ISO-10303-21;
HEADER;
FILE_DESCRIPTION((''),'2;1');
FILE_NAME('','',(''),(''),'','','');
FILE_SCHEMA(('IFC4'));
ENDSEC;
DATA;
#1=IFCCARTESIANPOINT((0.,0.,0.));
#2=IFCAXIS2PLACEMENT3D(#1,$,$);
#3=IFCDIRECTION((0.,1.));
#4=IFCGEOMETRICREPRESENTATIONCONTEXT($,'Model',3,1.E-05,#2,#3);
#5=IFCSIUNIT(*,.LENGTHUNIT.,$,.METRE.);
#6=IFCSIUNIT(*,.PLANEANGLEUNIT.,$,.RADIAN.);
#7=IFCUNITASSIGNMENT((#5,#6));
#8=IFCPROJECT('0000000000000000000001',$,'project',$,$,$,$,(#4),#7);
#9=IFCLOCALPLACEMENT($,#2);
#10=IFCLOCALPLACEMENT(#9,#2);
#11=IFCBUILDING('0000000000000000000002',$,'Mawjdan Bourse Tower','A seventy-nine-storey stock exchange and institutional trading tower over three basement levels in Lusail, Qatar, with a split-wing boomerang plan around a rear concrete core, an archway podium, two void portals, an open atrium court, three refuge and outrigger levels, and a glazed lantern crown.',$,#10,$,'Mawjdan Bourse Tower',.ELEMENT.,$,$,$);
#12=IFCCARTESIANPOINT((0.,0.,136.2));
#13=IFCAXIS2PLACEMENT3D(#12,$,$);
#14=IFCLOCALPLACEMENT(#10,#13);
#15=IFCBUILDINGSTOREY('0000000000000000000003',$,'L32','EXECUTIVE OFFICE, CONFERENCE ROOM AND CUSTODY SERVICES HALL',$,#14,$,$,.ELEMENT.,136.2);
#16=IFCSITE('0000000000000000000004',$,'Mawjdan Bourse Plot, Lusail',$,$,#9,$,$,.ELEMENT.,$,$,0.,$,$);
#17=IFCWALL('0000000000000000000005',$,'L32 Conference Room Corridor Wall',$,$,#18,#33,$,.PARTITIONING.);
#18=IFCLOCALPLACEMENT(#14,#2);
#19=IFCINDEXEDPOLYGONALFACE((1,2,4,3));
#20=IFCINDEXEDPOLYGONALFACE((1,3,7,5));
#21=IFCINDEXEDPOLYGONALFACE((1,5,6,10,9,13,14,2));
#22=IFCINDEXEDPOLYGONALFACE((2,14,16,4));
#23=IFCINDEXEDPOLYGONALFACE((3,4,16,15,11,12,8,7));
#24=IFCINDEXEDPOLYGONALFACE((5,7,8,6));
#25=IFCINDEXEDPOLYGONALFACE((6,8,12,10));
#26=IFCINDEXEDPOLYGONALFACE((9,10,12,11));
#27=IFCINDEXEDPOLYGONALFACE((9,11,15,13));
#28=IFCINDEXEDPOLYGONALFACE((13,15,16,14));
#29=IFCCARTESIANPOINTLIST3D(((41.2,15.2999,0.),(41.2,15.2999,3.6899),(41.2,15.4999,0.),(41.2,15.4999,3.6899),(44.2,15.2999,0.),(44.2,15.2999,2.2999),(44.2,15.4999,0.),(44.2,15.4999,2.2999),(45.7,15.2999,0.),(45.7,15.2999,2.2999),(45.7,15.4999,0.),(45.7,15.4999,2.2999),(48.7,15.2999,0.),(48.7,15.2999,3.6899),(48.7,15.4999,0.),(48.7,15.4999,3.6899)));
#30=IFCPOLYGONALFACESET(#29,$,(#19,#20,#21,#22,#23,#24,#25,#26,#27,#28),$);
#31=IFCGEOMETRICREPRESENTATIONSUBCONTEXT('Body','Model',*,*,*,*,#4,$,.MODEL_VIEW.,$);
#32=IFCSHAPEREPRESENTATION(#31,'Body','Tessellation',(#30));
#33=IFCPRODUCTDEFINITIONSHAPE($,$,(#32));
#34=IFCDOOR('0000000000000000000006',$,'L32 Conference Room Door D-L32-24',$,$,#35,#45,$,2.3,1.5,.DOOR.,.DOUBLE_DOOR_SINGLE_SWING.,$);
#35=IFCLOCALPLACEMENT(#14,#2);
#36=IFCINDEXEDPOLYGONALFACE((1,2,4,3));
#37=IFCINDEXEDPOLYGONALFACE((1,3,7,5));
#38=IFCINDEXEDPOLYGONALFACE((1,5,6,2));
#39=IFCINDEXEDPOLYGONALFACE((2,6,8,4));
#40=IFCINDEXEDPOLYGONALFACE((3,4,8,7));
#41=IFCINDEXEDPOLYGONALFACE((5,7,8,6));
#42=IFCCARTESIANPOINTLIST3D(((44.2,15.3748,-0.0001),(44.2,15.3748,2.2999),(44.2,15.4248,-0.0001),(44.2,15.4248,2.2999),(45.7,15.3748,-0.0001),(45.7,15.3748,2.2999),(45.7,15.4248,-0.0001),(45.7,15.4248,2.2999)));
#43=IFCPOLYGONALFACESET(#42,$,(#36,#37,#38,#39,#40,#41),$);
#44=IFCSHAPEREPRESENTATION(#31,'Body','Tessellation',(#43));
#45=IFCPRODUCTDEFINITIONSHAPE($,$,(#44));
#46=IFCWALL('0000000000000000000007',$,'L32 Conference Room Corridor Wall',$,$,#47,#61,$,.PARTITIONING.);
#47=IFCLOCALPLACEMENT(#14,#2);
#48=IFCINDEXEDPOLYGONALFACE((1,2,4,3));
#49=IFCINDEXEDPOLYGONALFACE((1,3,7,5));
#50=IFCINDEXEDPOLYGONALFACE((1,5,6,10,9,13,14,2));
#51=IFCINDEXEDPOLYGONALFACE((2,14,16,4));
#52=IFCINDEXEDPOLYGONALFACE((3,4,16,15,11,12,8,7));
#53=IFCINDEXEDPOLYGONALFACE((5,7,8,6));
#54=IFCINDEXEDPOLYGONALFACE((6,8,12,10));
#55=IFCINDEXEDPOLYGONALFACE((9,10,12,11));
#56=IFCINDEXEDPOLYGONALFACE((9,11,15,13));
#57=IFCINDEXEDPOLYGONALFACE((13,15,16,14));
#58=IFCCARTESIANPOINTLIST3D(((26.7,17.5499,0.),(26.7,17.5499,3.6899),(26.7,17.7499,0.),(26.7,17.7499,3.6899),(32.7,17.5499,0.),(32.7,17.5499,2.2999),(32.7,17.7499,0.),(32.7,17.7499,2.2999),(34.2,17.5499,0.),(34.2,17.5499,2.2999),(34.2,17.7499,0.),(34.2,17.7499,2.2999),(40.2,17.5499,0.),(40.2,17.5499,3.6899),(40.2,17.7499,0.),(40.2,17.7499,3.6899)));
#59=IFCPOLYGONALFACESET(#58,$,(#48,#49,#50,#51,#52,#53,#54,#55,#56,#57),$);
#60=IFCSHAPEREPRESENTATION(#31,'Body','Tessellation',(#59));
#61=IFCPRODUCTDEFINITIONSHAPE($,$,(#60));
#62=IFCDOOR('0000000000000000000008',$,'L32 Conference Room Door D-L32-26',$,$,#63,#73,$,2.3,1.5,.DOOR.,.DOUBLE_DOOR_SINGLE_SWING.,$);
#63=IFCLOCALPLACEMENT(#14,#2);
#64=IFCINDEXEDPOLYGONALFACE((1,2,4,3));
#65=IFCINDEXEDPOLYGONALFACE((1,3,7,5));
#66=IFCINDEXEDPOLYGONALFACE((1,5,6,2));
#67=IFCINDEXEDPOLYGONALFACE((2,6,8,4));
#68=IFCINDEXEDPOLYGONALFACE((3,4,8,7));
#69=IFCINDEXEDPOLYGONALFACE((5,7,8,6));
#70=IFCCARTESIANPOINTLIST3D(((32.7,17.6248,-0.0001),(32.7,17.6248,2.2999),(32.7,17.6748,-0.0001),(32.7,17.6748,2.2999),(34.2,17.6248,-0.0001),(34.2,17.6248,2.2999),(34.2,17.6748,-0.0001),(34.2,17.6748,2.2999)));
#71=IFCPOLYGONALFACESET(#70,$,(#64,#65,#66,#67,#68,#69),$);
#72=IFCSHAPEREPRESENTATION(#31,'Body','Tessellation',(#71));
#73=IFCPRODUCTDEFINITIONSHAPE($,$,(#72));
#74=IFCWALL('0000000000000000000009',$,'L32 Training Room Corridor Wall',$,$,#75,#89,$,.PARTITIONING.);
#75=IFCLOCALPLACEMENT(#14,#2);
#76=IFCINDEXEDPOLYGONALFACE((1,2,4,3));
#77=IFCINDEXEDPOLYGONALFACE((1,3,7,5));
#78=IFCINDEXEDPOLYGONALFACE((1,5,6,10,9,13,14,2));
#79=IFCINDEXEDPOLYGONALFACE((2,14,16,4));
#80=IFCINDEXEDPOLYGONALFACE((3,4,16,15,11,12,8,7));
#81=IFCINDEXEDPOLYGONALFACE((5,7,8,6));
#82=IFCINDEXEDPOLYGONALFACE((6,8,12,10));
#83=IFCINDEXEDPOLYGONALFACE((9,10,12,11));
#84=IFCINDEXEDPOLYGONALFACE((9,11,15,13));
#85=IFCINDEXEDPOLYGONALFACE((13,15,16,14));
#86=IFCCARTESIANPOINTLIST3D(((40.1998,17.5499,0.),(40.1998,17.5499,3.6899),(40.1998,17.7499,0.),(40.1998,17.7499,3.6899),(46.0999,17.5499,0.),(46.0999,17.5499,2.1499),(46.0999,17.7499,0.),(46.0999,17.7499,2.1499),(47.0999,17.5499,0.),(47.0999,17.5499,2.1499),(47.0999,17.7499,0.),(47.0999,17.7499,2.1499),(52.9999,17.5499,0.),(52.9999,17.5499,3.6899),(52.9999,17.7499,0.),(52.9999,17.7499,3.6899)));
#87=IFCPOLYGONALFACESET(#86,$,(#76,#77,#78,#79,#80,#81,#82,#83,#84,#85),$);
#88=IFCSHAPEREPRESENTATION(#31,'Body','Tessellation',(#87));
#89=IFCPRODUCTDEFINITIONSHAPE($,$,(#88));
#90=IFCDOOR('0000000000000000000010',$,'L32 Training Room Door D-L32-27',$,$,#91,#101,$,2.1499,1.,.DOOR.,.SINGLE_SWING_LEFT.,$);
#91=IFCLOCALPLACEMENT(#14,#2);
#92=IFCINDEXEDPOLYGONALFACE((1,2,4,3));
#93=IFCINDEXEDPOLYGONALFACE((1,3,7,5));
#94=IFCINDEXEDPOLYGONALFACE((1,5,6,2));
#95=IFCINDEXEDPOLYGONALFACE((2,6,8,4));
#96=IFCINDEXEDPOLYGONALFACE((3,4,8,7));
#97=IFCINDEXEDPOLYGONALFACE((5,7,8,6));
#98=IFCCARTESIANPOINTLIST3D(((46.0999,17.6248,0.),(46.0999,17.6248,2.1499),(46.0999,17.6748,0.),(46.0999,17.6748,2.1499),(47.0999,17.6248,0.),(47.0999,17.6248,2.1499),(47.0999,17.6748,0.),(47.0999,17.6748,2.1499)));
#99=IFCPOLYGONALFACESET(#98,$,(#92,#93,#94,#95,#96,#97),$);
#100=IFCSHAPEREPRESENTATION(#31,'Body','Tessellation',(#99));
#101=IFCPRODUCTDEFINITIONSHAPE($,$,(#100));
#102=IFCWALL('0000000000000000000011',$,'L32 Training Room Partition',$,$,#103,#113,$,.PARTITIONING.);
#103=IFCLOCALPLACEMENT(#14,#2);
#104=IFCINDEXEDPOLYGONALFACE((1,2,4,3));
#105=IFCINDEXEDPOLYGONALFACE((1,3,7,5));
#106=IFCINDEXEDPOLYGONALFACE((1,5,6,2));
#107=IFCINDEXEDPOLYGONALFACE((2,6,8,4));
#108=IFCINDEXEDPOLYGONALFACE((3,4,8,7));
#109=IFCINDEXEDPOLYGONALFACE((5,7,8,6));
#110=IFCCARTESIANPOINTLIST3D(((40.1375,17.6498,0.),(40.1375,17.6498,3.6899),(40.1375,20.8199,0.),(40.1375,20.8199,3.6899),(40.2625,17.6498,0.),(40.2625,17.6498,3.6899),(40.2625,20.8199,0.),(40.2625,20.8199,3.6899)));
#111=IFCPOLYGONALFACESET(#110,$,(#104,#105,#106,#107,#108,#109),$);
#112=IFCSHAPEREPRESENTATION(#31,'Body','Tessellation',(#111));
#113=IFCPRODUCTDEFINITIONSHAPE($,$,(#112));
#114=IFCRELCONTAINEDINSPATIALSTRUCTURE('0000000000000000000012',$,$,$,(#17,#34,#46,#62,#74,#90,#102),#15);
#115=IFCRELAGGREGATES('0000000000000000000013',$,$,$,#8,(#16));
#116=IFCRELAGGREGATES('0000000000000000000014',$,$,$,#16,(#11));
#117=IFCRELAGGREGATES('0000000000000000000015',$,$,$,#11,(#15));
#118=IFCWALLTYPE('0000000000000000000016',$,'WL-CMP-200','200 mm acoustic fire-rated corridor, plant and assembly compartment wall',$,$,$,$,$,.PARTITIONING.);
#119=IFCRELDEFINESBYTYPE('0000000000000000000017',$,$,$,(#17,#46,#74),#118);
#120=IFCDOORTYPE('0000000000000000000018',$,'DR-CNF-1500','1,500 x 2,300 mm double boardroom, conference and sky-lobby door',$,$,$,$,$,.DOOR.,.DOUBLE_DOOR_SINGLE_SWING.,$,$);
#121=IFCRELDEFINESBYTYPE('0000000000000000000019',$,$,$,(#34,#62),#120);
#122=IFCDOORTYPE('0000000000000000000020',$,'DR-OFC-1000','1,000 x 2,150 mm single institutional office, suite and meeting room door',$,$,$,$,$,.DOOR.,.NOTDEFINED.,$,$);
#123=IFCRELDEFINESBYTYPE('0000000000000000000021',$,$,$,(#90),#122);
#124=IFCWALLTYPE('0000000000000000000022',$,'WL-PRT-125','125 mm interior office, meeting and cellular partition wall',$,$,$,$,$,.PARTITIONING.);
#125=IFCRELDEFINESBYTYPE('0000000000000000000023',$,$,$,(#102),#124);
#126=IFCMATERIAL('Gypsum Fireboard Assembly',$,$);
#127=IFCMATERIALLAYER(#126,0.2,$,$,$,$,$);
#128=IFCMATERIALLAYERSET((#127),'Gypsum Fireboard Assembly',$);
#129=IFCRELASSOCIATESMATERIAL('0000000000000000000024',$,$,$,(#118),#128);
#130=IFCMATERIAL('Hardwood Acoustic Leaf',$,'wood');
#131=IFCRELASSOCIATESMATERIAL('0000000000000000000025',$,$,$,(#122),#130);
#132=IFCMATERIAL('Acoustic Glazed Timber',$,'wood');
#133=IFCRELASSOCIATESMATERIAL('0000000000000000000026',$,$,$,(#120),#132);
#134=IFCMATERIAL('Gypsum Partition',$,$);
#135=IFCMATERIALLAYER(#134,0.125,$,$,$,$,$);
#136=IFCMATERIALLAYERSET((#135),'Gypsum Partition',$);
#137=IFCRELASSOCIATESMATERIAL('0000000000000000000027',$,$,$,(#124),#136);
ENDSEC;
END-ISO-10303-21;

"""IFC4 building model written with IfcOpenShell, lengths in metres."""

from ifc_helpers import new_model, si_unit, direction, frame, frame_2d, origin, place, context, subcontext, project, spatial, rectangle, extrude, material, layer, layer_set, type_object, element, fill, save


model = new_model("IFC4")

# Units and contexts
model_context = context("Model", 3, precision=1e-05, world=origin(), true_north=direction((0.0, 1.0)))
body_context = subcontext(model_context, "Body", "Model", "MODEL_VIEW")
ifc_project = project(units=[si_unit("LENGTHUNIT", "METRE"), si_unit("PLANEANGLEUNIT", "RADIAN")], contexts=[model_context])

# Site, building, storey
site_placement = place(None, origin())
site = spatial("IfcSite", under=ifc_project, at=site_placement, Name="Mawjdan Bourse Plot, Lusail", CompositionType="ELEMENT", RefElevation=0.0)
building_placement = place(site_placement, origin())
building = spatial("IfcBuilding", under=site, at=building_placement, Name="Mawjdan Bourse Tower", Description="A seventy-nine-storey stock exchange and institutional trading tower over three basement levels in Lusail, Qatar, with a split-wing boomerang plan around a rear concrete core, an archway podium, two void portals, an open atrium court, three refuge and outrigger levels, and a glazed lantern crown.", LongName="Mawjdan Bourse Tower", CompositionType="ELEMENT")
storey_placement = place(building_placement, frame((0.0, 0.0, 136.2)))
storey = spatial("IfcBuildingStorey", under=building, at=storey_placement, Name="L32", Description="EXECUTIVE OFFICE, CONFERENCE ROOM AND CUSTODY SERVICES HALL", CompositionType="ELEMENT", Elevation=136.2)

# Shared definitions
ifc_material_1 = material(Name="Gypsum Fireboard Assembly")
ifc_layer_1 = layer(ifc_material_1, 0.2)
ifc_layer_set_1 = layer_set([ifc_layer_1], Name="Gypsum Fireboard Assembly")
wall_type_1 = type_object("IfcWallType", Name="WL-CMP-200", Description="200 mm acoustic fire-rated corridor, plant and assembly compartment wall", PredefinedType="PARTITIONING", material=ifc_layer_set_1)

# Walls, openings, doors
ifc_material_2 = material(Name="Hardwood Acoustic Leaf", Category="wood")
door_type_1 = type_object("IfcDoorType", Name="DR-OFC-1000", Description="1,000 x 2,150 mm single institutional office, suite and meeting room door", OperationType="NOTDEFINED", PredefinedType="DOOR", material=ifc_material_2)
wall_1_placement = place(storey_placement, frame((41.2, 15.3999, 0.0), z_axis=(0.0, 0.0, 1.0), x_axis=(1.0, 0.0, 0.0)))
wall_1 = element("IfcWall", 1, at=wall_1_placement, inside=storey, type_object=wall_type_1, Name="L32 Conference Room Corridor Wall", PredefinedType="PARTITIONING", context=body_context, shape_type="SweptSolid", body=[
    extrude(rectangle(XDim=7.5, YDim=0.2, at=frame_2d((3.75, 0.0))), origin(), (0.0, 0.0, 1.0), 3.6899),
])
opening_1_placement = place(wall_1_placement, frame((3.0, 0.0, 0.0)))
opening_1 = element("IfcOpeningElement", 2, at=opening_1_placement, cuts=wall_1, PredefinedType="OPENING", context=body_context, shape_type="SweptSolid", body=[
    extrude(rectangle(XDim=1.5, YDim=2.3, at=frame_2d((0.75, 1.1499))), frame((0.0, 0.1099, 0.0), z_axis=(0.0, -1.0, 0.0), x_axis=(1.0, 0.0, 0.0)), (0.0, 0.0, 1.0), 0.22),
])
ifc_material_3 = material(Name="Acoustic Glazed Timber", Category="wood")
door_type_2 = type_object("IfcDoorType", Name="DR-CNF-1500", Description="1,500 x 2,300 mm double boardroom, conference and sky-lobby door", OperationType="DOUBLE_DOOR_SINGLE_SWING", PredefinedType="DOOR", material=ifc_material_3)
door_1_placement = place(opening_1_placement, origin())
door_1 = element("IfcDoor", 3, at=door_1_placement, inside=storey, type_object=door_type_2, Name="L32 Conference Room Door D-L32-24", OperationType="DOUBLE_DOOR_SINGLE_SWING", OverallHeight=2.3, OverallWidth=1.5, PredefinedType="DOOR", context=body_context, shape_type="SweptSolid", body=[
    extrude(rectangle(XDim=1.5, YDim=2.3, at=frame_2d((0.75, 1.1499))), frame((0.0, 0.0249, 0.0), z_axis=(0.0, -1.0, 0.0), x_axis=(1.0, 0.0, 0.0)), (0.0, 0.0, 1.0), 0.05),
])
fill(opening_1, door_1)
wall_2_placement = place(storey_placement, frame((26.7, 17.6499, 0.0), z_axis=(0.0, 0.0, 1.0), x_axis=(1.0, 0.0, 0.0)))
wall_2 = element("IfcWall", 4, at=wall_2_placement, inside=storey, type_object=wall_type_1, Name="L32 Conference Room Corridor Wall", PredefinedType="PARTITIONING", context=body_context, shape_type="SweptSolid", body=[
    extrude(rectangle(XDim=13.5, YDim=0.2, at=frame_2d((6.75, 0.0))), origin(), (0.0, 0.0, 1.0), 3.6899),
])
opening_2_placement = place(wall_2_placement, frame((6.0, 0.0, 0.0)))
opening_2 = element("IfcOpeningElement", 5, at=opening_2_placement, cuts=wall_2, PredefinedType="OPENING", context=body_context, shape_type="SweptSolid", body=[
    extrude(rectangle(XDim=1.5, YDim=2.3, at=frame_2d((0.75, 1.1499))), frame((0.0, 0.1099, 0.0), z_axis=(0.0, -1.0, 0.0), x_axis=(1.0, 0.0, 0.0)), (0.0, 0.0, 1.0), 0.22),
])
door_2_placement = place(opening_2_placement, origin())
door_2 = element("IfcDoor", 6, at=door_2_placement, inside=storey, type_object=door_type_2, Name="L32 Conference Room Door D-L32-26", OperationType="DOUBLE_DOOR_SINGLE_SWING", OverallHeight=2.3, OverallWidth=1.5, PredefinedType="DOOR", context=body_context, shape_type="SweptSolid", body=[
    extrude(rectangle(XDim=1.5, YDim=2.3, at=frame_2d((0.75, 1.1499))), frame((0.0, 0.0249, 0.0), z_axis=(0.0, -1.0, 0.0), x_axis=(1.0, 0.0, 0.0)), (0.0, 0.0, 1.0), 0.05),
])
fill(opening_2, door_2)
wall_3_placement = place(storey_placement, frame((40.2, 17.6499, 0.0), z_axis=(0.0, 0.0, 1.0), x_axis=(1.0, 0.0, 0.0)))
wall_3 = element("IfcWall", 7, at=wall_3_placement, inside=storey, type_object=wall_type_1, Name="L32 Training Room Corridor Wall", PredefinedType="PARTITIONING", context=body_context, shape_type="SweptSolid", body=[
    extrude(rectangle(XDim=12.8, YDim=0.2, at=frame_2d((6.3999, 0.0))), origin(), (0.0, 0.0, 1.0), 3.6899),
])
opening_3_placement = place(wall_3_placement, frame((5.8999, 0.0, 0.0)))
opening_3 = element("IfcOpeningElement", 8, at=opening_3_placement, cuts=wall_3, PredefinedType="OPENING", context=body_context, shape_type="SweptSolid", body=[
    extrude(rectangle(XDim=1.0, YDim=2.1499, at=frame_2d((0.5, 1.075))), frame((0.0, 0.1099, 0.0), z_axis=(0.0, -1.0, 0.0), x_axis=(1.0, 0.0, 0.0)), (0.0, 0.0, 1.0), 0.22),
])
door_3_placement = place(opening_3_placement, origin())
door_3 = element("IfcDoor", 9, at=door_3_placement, inside=storey, type_object=door_type_1, Name="L32 Training Room Door D-L32-27", OperationType="SINGLE_SWING_LEFT", OverallHeight=2.1499, OverallWidth=1.0, PredefinedType="DOOR", context=body_context, shape_type="SweptSolid", body=[
    extrude(rectangle(XDim=1.0, YDim=2.1499, at=frame_2d((0.5, 1.075))), frame((0.0, 0.0249, 0.0), z_axis=(0.0, -1.0, 0.0), x_axis=(1.0, 0.0, 0.0)), (0.0, 0.0, 1.0), 0.05),
])
fill(opening_3, door_3)

# Wall
ifc_material_4 = material(Name="Gypsum Partition")
ifc_layer_2 = layer(ifc_material_4, 0.125)
ifc_layer_set_2 = layer_set([ifc_layer_2], Name="Gypsum Partition")
wall_type_2 = type_object("IfcWallType", Name="WL-PRT-125", Description="125 mm interior office, meeting and cellular partition wall", PredefinedType="PARTITIONING", material=ifc_layer_set_2)
wall_4_placement = place(storey_placement, frame((40.2, 17.6499, 0.0), z_axis=(0.0, 0.0, 1.0), x_axis=(0.0, 1.0, 0.0)))
element("IfcWall", 10, at=wall_4_placement, inside=storey, type_object=wall_type_2, Name="L32 Training Room Partition", PredefinedType="PARTITIONING", context=body_context, shape_type="SweptSolid", body=[
    extrude(rectangle(XDim=3.1702, YDim=0.125, at=frame_2d((1.585, 0.0))), origin(), (0.0, 0.0, 1.0), 3.6899),
])

save(model, "model.ifc")
